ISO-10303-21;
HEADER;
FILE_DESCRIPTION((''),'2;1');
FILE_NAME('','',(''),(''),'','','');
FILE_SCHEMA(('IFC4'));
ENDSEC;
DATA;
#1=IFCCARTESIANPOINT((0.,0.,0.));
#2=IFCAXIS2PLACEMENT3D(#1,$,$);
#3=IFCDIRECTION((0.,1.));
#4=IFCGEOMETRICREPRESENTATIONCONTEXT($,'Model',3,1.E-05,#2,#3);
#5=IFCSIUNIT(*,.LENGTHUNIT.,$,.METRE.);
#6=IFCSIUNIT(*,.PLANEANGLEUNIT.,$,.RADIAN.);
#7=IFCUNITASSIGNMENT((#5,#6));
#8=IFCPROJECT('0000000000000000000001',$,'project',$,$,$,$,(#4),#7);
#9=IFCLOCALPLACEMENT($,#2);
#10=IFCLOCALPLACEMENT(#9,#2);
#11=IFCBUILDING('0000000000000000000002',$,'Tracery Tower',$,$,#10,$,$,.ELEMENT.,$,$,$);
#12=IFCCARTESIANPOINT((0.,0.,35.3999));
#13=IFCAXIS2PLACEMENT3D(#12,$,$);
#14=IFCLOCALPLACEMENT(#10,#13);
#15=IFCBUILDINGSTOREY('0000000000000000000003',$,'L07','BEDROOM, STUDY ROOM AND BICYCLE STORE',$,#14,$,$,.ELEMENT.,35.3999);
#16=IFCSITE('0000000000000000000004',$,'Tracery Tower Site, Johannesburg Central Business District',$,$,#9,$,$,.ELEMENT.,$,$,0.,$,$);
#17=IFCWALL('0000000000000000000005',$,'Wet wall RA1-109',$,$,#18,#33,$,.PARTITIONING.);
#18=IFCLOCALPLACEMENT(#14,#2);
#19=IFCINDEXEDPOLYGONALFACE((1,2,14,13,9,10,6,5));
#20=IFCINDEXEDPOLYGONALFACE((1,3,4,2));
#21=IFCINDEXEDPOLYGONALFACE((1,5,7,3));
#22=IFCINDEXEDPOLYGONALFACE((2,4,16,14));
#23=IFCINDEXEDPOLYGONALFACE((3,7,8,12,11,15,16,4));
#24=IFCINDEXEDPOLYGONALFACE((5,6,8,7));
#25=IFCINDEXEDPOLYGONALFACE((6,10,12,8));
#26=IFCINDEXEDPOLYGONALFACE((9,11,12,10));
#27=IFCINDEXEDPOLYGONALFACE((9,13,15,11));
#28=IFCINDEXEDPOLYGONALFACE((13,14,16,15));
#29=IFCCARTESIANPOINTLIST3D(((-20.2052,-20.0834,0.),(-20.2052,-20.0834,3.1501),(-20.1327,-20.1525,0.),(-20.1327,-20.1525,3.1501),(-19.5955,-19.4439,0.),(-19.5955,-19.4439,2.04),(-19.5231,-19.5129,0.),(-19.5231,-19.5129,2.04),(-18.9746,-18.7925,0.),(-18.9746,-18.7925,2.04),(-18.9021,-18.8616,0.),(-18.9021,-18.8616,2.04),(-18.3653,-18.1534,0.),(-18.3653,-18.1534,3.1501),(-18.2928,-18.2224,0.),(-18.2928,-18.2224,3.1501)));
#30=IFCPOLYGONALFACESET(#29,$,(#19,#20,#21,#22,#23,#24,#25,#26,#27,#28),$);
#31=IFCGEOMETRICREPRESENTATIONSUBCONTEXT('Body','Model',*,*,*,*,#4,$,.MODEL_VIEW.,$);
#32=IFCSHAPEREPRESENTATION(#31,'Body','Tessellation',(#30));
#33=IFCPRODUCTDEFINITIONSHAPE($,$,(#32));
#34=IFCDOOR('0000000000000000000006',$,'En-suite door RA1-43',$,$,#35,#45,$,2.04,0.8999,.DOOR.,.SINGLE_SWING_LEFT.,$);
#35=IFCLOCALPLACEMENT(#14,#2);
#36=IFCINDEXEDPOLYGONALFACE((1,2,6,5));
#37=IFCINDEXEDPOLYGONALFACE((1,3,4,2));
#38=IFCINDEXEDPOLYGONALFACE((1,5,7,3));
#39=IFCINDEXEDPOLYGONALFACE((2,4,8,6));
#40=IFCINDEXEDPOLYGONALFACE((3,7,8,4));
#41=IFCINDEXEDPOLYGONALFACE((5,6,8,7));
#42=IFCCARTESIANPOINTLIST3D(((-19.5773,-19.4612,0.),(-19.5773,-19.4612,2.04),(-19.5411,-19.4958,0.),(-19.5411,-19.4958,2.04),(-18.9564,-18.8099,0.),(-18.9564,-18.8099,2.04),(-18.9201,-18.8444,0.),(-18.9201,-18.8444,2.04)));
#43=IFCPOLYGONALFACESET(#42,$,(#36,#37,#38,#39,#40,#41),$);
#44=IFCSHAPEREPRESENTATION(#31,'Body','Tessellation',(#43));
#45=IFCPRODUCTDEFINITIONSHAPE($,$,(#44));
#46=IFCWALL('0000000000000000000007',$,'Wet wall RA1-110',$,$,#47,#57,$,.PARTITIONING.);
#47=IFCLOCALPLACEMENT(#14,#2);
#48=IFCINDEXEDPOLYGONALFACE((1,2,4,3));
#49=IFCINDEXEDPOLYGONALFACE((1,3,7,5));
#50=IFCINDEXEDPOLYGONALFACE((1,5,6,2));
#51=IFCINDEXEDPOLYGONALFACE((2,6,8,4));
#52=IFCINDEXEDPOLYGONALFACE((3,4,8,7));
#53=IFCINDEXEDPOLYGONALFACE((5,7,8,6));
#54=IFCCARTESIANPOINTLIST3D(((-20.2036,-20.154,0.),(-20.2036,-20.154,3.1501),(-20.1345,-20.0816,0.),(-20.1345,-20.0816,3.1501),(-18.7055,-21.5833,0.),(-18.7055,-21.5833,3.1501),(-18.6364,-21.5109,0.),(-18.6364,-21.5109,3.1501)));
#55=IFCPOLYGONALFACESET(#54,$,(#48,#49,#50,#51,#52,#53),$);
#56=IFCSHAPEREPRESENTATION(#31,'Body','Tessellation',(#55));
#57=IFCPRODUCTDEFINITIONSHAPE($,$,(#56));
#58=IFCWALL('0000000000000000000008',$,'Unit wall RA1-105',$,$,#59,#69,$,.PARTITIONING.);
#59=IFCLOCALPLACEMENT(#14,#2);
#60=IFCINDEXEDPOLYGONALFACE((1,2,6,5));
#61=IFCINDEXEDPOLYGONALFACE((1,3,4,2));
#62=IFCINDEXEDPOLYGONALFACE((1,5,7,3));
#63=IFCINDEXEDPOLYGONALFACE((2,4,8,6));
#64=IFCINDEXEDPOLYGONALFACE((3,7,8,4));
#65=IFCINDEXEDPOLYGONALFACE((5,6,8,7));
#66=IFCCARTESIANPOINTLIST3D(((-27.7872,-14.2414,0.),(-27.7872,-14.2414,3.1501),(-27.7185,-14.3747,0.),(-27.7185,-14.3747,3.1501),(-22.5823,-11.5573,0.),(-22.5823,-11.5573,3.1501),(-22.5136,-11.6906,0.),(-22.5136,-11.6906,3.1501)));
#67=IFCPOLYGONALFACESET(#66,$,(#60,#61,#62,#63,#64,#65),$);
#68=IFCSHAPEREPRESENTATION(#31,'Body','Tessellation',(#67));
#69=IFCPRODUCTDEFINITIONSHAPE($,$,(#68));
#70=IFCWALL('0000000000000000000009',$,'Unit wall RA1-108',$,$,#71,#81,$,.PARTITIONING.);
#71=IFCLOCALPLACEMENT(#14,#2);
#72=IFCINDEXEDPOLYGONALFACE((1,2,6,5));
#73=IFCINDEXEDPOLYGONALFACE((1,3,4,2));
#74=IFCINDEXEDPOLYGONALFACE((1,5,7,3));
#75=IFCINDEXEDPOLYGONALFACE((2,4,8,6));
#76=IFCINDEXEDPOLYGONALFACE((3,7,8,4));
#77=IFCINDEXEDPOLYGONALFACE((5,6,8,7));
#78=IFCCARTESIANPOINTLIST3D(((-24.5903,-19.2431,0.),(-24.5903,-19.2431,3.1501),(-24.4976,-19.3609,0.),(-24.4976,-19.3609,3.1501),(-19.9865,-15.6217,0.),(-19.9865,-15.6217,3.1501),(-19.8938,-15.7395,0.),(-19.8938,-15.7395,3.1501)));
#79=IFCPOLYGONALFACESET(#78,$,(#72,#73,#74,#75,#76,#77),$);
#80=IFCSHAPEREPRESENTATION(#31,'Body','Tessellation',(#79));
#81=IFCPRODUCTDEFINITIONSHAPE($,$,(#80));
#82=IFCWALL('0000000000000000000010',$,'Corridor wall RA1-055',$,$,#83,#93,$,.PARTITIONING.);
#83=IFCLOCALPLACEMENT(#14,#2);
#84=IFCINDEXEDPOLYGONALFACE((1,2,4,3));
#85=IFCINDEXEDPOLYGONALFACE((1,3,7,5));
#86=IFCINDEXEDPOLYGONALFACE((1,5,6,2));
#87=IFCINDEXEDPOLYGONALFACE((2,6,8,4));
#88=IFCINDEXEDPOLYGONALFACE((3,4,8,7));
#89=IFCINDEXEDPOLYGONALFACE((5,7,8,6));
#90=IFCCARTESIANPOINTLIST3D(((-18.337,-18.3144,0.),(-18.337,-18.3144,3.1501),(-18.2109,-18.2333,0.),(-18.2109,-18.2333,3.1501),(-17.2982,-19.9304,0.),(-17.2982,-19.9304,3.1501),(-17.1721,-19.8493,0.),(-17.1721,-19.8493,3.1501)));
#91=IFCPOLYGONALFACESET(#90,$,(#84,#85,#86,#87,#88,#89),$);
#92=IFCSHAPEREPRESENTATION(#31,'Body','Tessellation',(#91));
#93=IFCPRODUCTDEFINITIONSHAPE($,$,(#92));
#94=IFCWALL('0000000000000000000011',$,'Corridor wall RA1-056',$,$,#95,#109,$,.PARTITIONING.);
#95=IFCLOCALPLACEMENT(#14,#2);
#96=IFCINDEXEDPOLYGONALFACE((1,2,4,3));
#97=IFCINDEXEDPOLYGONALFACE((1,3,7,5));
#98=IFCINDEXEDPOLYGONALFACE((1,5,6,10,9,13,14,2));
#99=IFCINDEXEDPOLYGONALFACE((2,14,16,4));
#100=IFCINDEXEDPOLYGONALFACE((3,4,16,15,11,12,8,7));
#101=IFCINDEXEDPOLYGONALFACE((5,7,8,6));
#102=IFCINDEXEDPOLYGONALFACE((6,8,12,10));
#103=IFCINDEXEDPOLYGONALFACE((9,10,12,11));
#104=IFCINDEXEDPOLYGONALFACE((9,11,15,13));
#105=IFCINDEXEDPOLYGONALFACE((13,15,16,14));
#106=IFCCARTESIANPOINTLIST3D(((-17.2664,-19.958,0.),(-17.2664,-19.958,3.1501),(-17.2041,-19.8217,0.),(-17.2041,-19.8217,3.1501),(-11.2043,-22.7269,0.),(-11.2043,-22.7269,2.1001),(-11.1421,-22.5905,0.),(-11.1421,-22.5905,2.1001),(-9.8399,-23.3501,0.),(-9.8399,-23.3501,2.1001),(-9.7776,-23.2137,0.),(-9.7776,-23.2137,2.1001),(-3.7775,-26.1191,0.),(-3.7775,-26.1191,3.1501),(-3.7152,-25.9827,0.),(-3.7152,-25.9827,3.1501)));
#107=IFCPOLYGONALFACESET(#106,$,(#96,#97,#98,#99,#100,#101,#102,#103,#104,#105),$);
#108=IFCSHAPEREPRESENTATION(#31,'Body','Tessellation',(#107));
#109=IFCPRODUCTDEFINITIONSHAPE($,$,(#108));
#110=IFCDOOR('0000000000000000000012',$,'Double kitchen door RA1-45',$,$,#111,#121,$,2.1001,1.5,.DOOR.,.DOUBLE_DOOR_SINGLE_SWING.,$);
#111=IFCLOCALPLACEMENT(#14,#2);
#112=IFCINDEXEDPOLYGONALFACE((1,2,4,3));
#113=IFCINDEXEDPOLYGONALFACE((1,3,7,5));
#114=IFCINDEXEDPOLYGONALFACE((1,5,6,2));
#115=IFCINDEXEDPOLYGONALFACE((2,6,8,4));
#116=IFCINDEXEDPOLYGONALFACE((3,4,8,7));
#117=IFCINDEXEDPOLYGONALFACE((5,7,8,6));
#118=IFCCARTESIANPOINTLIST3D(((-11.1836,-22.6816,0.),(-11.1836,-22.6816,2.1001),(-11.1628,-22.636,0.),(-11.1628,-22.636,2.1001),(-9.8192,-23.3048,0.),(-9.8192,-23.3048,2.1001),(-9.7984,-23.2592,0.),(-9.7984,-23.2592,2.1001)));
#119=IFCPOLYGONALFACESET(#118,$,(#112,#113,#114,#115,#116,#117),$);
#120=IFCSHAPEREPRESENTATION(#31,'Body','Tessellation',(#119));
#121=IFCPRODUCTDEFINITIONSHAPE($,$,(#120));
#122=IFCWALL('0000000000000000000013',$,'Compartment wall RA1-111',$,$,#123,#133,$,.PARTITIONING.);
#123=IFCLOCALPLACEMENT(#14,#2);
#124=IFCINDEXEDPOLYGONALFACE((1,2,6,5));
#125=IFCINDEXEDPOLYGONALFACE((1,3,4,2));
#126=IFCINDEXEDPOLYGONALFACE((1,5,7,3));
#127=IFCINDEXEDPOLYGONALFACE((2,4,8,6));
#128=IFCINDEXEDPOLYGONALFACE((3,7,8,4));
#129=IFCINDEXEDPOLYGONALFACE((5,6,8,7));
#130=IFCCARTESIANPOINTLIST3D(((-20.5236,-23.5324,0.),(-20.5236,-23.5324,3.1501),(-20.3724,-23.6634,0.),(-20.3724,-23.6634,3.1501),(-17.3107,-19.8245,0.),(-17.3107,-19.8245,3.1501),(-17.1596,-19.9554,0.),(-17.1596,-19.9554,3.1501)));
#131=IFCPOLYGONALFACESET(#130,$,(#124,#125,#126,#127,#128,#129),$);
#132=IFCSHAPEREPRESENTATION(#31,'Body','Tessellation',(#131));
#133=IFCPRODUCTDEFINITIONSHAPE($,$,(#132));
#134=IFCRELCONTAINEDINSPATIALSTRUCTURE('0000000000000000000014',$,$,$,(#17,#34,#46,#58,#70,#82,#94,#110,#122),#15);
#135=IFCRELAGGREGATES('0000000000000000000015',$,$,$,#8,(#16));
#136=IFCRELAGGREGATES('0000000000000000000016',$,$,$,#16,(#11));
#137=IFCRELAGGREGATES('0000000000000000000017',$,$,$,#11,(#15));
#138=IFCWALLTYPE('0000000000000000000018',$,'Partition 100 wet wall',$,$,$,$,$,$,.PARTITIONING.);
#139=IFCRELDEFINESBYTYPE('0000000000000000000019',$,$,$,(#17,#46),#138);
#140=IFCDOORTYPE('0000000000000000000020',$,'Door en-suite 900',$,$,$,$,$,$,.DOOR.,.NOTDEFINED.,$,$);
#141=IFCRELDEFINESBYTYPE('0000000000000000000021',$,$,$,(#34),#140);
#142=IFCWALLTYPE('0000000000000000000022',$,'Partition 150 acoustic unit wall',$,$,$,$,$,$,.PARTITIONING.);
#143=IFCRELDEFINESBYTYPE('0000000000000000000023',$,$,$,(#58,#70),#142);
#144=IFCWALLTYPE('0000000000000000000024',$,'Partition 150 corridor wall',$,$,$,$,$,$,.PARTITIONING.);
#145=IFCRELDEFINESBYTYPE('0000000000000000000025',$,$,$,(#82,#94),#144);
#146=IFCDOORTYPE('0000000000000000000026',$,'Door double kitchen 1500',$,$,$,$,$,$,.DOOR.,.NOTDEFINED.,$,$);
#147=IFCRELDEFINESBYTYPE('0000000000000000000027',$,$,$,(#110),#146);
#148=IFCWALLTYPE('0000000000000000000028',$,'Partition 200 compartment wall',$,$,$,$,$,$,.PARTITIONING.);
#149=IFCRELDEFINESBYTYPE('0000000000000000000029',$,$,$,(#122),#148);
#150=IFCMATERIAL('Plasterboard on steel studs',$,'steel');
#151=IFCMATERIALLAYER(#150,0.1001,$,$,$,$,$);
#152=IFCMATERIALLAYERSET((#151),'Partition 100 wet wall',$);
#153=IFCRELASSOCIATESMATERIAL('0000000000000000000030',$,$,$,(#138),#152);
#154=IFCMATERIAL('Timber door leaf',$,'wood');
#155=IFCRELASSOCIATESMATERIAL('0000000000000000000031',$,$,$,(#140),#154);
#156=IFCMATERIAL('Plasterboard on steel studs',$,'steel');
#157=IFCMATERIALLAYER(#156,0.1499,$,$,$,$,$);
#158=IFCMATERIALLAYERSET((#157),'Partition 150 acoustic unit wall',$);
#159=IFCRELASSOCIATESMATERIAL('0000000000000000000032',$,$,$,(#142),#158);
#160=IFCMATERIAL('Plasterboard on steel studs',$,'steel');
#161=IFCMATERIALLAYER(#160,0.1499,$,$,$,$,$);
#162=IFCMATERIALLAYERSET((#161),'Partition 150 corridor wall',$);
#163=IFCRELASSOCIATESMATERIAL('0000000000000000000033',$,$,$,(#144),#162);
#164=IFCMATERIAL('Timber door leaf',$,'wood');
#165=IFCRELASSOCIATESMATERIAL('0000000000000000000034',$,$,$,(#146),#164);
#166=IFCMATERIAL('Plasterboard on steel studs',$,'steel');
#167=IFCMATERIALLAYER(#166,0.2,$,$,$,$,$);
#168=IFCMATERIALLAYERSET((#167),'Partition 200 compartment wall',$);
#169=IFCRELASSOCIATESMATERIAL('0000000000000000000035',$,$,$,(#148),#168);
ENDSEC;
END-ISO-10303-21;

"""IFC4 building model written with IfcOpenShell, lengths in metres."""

from ifc_helpers import new_model, si_unit, direction, frame, frame_2d, origin, place, context, subcontext, project, spatial, rectangle, extrude, material, layer, layer_set, type_object, element, fill, save


model = new_model("IFC4")

# Units and contexts
model_context = context("Model", 3, precision=1e-05, world=origin(), true_north=direction((0.0, 1.0)))
body_context = subcontext(model_context, "Body", "Model", "MODEL_VIEW")
ifc_project = project(units=[si_unit("LENGTHUNIT", "METRE"), si_unit("PLANEANGLEUNIT", "RADIAN")], contexts=[model_context])

# Site, building, storey
site_placement = place(None, origin())
site = spatial("IfcSite", under=ifc_project, at=site_placement, Name="Tracery Tower Site, Johannesburg Central Business District", CompositionType="ELEMENT", RefElevation=0.0)
building_placement = place(site_placement, origin())
building = spatial("IfcBuilding", under=site, at=building_placement, Name="Tracery Tower", CompositionType="ELEMENT")
storey_placement = place(building_placement, frame((0.0, 0.0, 35.3999)))
storey = spatial("IfcBuildingStorey", under=building, at=storey_placement, Name="L07", Description="BEDROOM, STUDY ROOM AND BICYCLE STORE", CompositionType="ELEMENT", Elevation=35.3999)

# Shared definitions
ifc_material_1 = material(Name="Plasterboard on steel studs", Category="steel")
ifc_layer_1 = layer(ifc_material_1, 0.1001)
ifc_layer_set_1 = layer_set([ifc_layer_1], Name="Partition 100 wet wall")
wall_type_1 = type_object("IfcWallType", Name="Partition 100 wet wall", PredefinedType="PARTITIONING", material=ifc_layer_set_1)
ifc_material_2 = material(Name="Timber door leaf", Category="wood")
door_type_1 = type_object("IfcDoorType", Name="Door en-suite 900", OperationType="NOTDEFINED", PredefinedType="DOOR", material=ifc_material_2)

# Wall, opening, door
wall_1_placement = place(storey_placement, frame((-20.1689, -20.1179, 0.0), z_axis=(0.0, 0.0, 1.0), x_axis=(0.690012, 0.723798, 0.0)))
wall_1 = element("IfcWall", 1, at=wall_1_placement, inside=storey, type_object=wall_type_1, Name="Wet wall RA1-109", PredefinedType="PARTITIONING", context=body_context, shape_type="SweptSolid", body=[
    extrude(rectangle(XDim=2.6665, YDim=0.1001, at=frame_2d((1.3333, 0.0))), origin(), (0.0, 0.0, 1.0), 3.1501),
])
opening_1_placement = place(wall_1_placement, frame((0.8835, 0.0, 0.0)))
opening_1 = element("IfcOpeningElement", 2, at=opening_1_placement, cuts=wall_1, PredefinedType="OPENING", context=body_context, shape_type="SweptSolid", body=[
    extrude(rectangle(XDim=0.8999, YDim=2.04, at=frame_2d((0.45, 1.02))), frame((0.0, 0.05, 0.0), z_axis=(0.0, -1.0, 0.0), x_axis=(1.0, 0.0, 0.0)), (0.0, 0.0, 1.0), 0.1001),
])
door_1_placement = place(opening_1_placement, origin())
door_1 = element("IfcDoor", 3, at=door_1_placement, inside=storey, type_object=door_type_1, Name="En-suite door RA1-43", OperationType="SINGLE_SWING_LEFT", OverallHeight=2.04, OverallWidth=0.8999, PredefinedType="DOOR", context=body_context, shape_type="SweptSolid", body=[
    extrude(rectangle(XDim=0.8999, YDim=2.04, at=frame_2d((0.45, 1.02))), frame((0.0, 0.0249, 0.0), z_axis=(0.0, -1.0, 0.0), x_axis=(1.0, 0.0, 0.0)), (0.0, 0.0, 1.0), 0.05),
])
fill(opening_1, door_1)

# Walls
wall_2_placement = place(storey_placement, frame((-20.1689, -20.1179, 0.0), z_axis=(0.0, 0.0, 1.0), x_axis=(0.723538, -0.690285, 0.0)))
element("IfcWall", 4, at=wall_2_placement, inside=storey, type_object=wall_type_1, Name="Wet wall RA1-110", PredefinedType="PARTITIONING", context=body_context, shape_type="SweptSolid", body=[
    extrude(rectangle(XDim=2.0706, YDim=0.1001, at=frame_2d((1.0352, 0.0))), origin(), (0.0, 0.0, 1.0), 3.1501),
])
ifc_material_3 = material(Name="Plasterboard on steel studs", Category="steel")
ifc_layer_2 = layer(ifc_material_3, 0.1499)
ifc_layer_set_2 = layer_set([ifc_layer_2], Name="Partition 150 acoustic unit wall")
wall_type_2 = type_object("IfcWallType", Name="Partition 150 acoustic unit wall", PredefinedType="PARTITIONING", material=ifc_layer_set_2)
wall_3_placement = place(storey_placement, frame((-27.7529, -14.3081, 0.0), z_axis=(0.0, 0.0, 1.0), x_axis=(0.88878, 0.458335, 0.0)))
element("IfcWall", 5, at=wall_3_placement, inside=storey, type_object=wall_type_2, Name="Unit wall RA1-105", PredefinedType="PARTITIONING", context=body_context, shape_type="SweptSolid", body=[
    extrude(rectangle(XDim=5.8562, YDim=0.1499, at=frame_2d((2.9282, 0.0))), origin(), (0.0, 0.0, 1.0), 3.1501),
])
wall_4_placement = place(storey_placement, frame((-24.5439, -19.302, 0.0), z_axis=(0.0, 0.0, 1.0), x_axis=(0.785978, 0.618254, 0.0)))
element("IfcWall", 6, at=wall_4_placement, inside=storey, type_object=wall_type_2, Name="Unit wall RA1-108", PredefinedType="PARTITIONING", context=body_context, shape_type="SweptSolid", body=[
    extrude(rectangle(XDim=5.8574, YDim=0.1499, at=frame_2d((2.9287, 0.0))), origin(), (0.0, 0.0, 1.0), 3.1501),
])
ifc_material_4 = material(Name="Plasterboard on steel studs", Category="steel")
ifc_layer_3 = layer(ifc_material_4, 0.1499)
ifc_layer_set_3 = layer_set([ifc_layer_3], Name="Partition 150 corridor wall")
wall_type_3 = type_object("IfcWallType", Name="Partition 150 corridor wall", PredefinedType="PARTITIONING", material=ifc_layer_set_3)
wall_5_placement = place(storey_placement, frame((-18.2739, -18.2739, 0.0), z_axis=(0.0, 0.0, 1.0), x_axis=(0.540751, -0.841183, 0.0)))
element("IfcWall", 7, at=wall_5_placement, inside=storey, type_object=wall_type_3, Name="Corridor wall RA1-055", PredefinedType="PARTITIONING", context=body_context, shape_type="SweptSolid", body=[
    extrude(rectangle(XDim=1.9211, YDim=0.1499, at=frame_2d((0.9604, 0.0))), origin(), (0.0, 0.0, 1.0), 3.1501),
])

# Wall, opening, door
wall_6_placement = place(storey_placement, frame((-17.2351, -19.8899, 0.0), z_axis=(0.0, 0.0, 1.0), x_axis=(0.909609, -0.415466, 0.0)))
wall_6 = element("IfcWall", 8, at=wall_6_placement, inside=storey, type_object=wall_type_3, Name="Corridor wall RA1-056", PredefinedType="PARTITIONING", context=body_context, shape_type="SweptSolid", body=[
    extrude(rectangle(XDim=14.8293, YDim=0.1499, at=frame_2d((7.4146, 0.0))), origin(), (0.0, 0.0, 1.0), 3.1501),
])
opening_2_placement = place(wall_6_placement, frame((6.6643, 0.0, 0.0)))
opening_2 = element("IfcOpeningElement", 9, at=opening_2_placement, cuts=wall_6, PredefinedType="OPENING", context=body_context, shape_type="SweptSolid", body=[
    extrude(rectangle(XDim=1.5, YDim=2.1001, at=frame_2d((0.75, 1.05))), frame((0.0, 0.075, 0.0), z_axis=(0.0, -1.0, 0.0), x_axis=(1.0, 0.0, 0.0)), (0.0, 0.0, 1.0), 0.1499),
])
ifc_material_5 = material(Name="Timber door leaf", Category="wood")
door_type_2 = type_object("IfcDoorType", Name="Door double kitchen 1500", OperationType="NOTDEFINED", PredefinedType="DOOR", material=ifc_material_5)
door_2_placement = place(opening_2_placement, origin())
door_2 = element("IfcDoor", 10, at=door_2_placement, inside=storey, type_object=door_type_2, Name="Double kitchen door RA1-45", OperationType="DOUBLE_DOOR_SINGLE_SWING", OverallHeight=2.1001, OverallWidth=1.5, PredefinedType="DOOR", context=body_context, shape_type="SweptSolid", body=[
    extrude(rectangle(XDim=1.5, YDim=2.1001, at=frame_2d((0.75, 1.05))), frame((0.0, 0.0249, 0.0), z_axis=(0.0, -1.0, 0.0), x_axis=(1.0, 0.0, 0.0)), (0.0, 0.0, 1.0), 0.05),
])
fill(opening_2, door_2)

# Wall
ifc_material_6 = material(Name="Plasterboard on steel studs", Category="steel")
ifc_layer_4 = layer(ifc_material_6, 0.2)
ifc_layer_set_4 = layer_set([ifc_layer_4], Name="Partition 200 compartment wall")
wall_type_4 = type_object("IfcWallType", Name="Partition 200 compartment wall", PredefinedType="PARTITIONING", material=ifc_layer_set_4)
wall_7_placement = place(storey_placement, frame((-20.448, -23.5979, 0.0), z_axis=(0.0, 0.0, 1.0), x_axis=(0.654847, 0.755761, 0.0)))
element("IfcWall", 11, at=wall_7_placement, inside=storey, type_object=wall_type_4, Name="Compartment wall RA1-111", PredefinedType="PARTITIONING", context=body_context, shape_type="SweptSolid", body=[
    extrude(rectangle(XDim=4.9062, YDim=0.2, at=frame_2d((2.4531, 0.0))), origin(), (0.0, 0.0, 1.0), 3.1501),
])

save(model, "model.ifc")
